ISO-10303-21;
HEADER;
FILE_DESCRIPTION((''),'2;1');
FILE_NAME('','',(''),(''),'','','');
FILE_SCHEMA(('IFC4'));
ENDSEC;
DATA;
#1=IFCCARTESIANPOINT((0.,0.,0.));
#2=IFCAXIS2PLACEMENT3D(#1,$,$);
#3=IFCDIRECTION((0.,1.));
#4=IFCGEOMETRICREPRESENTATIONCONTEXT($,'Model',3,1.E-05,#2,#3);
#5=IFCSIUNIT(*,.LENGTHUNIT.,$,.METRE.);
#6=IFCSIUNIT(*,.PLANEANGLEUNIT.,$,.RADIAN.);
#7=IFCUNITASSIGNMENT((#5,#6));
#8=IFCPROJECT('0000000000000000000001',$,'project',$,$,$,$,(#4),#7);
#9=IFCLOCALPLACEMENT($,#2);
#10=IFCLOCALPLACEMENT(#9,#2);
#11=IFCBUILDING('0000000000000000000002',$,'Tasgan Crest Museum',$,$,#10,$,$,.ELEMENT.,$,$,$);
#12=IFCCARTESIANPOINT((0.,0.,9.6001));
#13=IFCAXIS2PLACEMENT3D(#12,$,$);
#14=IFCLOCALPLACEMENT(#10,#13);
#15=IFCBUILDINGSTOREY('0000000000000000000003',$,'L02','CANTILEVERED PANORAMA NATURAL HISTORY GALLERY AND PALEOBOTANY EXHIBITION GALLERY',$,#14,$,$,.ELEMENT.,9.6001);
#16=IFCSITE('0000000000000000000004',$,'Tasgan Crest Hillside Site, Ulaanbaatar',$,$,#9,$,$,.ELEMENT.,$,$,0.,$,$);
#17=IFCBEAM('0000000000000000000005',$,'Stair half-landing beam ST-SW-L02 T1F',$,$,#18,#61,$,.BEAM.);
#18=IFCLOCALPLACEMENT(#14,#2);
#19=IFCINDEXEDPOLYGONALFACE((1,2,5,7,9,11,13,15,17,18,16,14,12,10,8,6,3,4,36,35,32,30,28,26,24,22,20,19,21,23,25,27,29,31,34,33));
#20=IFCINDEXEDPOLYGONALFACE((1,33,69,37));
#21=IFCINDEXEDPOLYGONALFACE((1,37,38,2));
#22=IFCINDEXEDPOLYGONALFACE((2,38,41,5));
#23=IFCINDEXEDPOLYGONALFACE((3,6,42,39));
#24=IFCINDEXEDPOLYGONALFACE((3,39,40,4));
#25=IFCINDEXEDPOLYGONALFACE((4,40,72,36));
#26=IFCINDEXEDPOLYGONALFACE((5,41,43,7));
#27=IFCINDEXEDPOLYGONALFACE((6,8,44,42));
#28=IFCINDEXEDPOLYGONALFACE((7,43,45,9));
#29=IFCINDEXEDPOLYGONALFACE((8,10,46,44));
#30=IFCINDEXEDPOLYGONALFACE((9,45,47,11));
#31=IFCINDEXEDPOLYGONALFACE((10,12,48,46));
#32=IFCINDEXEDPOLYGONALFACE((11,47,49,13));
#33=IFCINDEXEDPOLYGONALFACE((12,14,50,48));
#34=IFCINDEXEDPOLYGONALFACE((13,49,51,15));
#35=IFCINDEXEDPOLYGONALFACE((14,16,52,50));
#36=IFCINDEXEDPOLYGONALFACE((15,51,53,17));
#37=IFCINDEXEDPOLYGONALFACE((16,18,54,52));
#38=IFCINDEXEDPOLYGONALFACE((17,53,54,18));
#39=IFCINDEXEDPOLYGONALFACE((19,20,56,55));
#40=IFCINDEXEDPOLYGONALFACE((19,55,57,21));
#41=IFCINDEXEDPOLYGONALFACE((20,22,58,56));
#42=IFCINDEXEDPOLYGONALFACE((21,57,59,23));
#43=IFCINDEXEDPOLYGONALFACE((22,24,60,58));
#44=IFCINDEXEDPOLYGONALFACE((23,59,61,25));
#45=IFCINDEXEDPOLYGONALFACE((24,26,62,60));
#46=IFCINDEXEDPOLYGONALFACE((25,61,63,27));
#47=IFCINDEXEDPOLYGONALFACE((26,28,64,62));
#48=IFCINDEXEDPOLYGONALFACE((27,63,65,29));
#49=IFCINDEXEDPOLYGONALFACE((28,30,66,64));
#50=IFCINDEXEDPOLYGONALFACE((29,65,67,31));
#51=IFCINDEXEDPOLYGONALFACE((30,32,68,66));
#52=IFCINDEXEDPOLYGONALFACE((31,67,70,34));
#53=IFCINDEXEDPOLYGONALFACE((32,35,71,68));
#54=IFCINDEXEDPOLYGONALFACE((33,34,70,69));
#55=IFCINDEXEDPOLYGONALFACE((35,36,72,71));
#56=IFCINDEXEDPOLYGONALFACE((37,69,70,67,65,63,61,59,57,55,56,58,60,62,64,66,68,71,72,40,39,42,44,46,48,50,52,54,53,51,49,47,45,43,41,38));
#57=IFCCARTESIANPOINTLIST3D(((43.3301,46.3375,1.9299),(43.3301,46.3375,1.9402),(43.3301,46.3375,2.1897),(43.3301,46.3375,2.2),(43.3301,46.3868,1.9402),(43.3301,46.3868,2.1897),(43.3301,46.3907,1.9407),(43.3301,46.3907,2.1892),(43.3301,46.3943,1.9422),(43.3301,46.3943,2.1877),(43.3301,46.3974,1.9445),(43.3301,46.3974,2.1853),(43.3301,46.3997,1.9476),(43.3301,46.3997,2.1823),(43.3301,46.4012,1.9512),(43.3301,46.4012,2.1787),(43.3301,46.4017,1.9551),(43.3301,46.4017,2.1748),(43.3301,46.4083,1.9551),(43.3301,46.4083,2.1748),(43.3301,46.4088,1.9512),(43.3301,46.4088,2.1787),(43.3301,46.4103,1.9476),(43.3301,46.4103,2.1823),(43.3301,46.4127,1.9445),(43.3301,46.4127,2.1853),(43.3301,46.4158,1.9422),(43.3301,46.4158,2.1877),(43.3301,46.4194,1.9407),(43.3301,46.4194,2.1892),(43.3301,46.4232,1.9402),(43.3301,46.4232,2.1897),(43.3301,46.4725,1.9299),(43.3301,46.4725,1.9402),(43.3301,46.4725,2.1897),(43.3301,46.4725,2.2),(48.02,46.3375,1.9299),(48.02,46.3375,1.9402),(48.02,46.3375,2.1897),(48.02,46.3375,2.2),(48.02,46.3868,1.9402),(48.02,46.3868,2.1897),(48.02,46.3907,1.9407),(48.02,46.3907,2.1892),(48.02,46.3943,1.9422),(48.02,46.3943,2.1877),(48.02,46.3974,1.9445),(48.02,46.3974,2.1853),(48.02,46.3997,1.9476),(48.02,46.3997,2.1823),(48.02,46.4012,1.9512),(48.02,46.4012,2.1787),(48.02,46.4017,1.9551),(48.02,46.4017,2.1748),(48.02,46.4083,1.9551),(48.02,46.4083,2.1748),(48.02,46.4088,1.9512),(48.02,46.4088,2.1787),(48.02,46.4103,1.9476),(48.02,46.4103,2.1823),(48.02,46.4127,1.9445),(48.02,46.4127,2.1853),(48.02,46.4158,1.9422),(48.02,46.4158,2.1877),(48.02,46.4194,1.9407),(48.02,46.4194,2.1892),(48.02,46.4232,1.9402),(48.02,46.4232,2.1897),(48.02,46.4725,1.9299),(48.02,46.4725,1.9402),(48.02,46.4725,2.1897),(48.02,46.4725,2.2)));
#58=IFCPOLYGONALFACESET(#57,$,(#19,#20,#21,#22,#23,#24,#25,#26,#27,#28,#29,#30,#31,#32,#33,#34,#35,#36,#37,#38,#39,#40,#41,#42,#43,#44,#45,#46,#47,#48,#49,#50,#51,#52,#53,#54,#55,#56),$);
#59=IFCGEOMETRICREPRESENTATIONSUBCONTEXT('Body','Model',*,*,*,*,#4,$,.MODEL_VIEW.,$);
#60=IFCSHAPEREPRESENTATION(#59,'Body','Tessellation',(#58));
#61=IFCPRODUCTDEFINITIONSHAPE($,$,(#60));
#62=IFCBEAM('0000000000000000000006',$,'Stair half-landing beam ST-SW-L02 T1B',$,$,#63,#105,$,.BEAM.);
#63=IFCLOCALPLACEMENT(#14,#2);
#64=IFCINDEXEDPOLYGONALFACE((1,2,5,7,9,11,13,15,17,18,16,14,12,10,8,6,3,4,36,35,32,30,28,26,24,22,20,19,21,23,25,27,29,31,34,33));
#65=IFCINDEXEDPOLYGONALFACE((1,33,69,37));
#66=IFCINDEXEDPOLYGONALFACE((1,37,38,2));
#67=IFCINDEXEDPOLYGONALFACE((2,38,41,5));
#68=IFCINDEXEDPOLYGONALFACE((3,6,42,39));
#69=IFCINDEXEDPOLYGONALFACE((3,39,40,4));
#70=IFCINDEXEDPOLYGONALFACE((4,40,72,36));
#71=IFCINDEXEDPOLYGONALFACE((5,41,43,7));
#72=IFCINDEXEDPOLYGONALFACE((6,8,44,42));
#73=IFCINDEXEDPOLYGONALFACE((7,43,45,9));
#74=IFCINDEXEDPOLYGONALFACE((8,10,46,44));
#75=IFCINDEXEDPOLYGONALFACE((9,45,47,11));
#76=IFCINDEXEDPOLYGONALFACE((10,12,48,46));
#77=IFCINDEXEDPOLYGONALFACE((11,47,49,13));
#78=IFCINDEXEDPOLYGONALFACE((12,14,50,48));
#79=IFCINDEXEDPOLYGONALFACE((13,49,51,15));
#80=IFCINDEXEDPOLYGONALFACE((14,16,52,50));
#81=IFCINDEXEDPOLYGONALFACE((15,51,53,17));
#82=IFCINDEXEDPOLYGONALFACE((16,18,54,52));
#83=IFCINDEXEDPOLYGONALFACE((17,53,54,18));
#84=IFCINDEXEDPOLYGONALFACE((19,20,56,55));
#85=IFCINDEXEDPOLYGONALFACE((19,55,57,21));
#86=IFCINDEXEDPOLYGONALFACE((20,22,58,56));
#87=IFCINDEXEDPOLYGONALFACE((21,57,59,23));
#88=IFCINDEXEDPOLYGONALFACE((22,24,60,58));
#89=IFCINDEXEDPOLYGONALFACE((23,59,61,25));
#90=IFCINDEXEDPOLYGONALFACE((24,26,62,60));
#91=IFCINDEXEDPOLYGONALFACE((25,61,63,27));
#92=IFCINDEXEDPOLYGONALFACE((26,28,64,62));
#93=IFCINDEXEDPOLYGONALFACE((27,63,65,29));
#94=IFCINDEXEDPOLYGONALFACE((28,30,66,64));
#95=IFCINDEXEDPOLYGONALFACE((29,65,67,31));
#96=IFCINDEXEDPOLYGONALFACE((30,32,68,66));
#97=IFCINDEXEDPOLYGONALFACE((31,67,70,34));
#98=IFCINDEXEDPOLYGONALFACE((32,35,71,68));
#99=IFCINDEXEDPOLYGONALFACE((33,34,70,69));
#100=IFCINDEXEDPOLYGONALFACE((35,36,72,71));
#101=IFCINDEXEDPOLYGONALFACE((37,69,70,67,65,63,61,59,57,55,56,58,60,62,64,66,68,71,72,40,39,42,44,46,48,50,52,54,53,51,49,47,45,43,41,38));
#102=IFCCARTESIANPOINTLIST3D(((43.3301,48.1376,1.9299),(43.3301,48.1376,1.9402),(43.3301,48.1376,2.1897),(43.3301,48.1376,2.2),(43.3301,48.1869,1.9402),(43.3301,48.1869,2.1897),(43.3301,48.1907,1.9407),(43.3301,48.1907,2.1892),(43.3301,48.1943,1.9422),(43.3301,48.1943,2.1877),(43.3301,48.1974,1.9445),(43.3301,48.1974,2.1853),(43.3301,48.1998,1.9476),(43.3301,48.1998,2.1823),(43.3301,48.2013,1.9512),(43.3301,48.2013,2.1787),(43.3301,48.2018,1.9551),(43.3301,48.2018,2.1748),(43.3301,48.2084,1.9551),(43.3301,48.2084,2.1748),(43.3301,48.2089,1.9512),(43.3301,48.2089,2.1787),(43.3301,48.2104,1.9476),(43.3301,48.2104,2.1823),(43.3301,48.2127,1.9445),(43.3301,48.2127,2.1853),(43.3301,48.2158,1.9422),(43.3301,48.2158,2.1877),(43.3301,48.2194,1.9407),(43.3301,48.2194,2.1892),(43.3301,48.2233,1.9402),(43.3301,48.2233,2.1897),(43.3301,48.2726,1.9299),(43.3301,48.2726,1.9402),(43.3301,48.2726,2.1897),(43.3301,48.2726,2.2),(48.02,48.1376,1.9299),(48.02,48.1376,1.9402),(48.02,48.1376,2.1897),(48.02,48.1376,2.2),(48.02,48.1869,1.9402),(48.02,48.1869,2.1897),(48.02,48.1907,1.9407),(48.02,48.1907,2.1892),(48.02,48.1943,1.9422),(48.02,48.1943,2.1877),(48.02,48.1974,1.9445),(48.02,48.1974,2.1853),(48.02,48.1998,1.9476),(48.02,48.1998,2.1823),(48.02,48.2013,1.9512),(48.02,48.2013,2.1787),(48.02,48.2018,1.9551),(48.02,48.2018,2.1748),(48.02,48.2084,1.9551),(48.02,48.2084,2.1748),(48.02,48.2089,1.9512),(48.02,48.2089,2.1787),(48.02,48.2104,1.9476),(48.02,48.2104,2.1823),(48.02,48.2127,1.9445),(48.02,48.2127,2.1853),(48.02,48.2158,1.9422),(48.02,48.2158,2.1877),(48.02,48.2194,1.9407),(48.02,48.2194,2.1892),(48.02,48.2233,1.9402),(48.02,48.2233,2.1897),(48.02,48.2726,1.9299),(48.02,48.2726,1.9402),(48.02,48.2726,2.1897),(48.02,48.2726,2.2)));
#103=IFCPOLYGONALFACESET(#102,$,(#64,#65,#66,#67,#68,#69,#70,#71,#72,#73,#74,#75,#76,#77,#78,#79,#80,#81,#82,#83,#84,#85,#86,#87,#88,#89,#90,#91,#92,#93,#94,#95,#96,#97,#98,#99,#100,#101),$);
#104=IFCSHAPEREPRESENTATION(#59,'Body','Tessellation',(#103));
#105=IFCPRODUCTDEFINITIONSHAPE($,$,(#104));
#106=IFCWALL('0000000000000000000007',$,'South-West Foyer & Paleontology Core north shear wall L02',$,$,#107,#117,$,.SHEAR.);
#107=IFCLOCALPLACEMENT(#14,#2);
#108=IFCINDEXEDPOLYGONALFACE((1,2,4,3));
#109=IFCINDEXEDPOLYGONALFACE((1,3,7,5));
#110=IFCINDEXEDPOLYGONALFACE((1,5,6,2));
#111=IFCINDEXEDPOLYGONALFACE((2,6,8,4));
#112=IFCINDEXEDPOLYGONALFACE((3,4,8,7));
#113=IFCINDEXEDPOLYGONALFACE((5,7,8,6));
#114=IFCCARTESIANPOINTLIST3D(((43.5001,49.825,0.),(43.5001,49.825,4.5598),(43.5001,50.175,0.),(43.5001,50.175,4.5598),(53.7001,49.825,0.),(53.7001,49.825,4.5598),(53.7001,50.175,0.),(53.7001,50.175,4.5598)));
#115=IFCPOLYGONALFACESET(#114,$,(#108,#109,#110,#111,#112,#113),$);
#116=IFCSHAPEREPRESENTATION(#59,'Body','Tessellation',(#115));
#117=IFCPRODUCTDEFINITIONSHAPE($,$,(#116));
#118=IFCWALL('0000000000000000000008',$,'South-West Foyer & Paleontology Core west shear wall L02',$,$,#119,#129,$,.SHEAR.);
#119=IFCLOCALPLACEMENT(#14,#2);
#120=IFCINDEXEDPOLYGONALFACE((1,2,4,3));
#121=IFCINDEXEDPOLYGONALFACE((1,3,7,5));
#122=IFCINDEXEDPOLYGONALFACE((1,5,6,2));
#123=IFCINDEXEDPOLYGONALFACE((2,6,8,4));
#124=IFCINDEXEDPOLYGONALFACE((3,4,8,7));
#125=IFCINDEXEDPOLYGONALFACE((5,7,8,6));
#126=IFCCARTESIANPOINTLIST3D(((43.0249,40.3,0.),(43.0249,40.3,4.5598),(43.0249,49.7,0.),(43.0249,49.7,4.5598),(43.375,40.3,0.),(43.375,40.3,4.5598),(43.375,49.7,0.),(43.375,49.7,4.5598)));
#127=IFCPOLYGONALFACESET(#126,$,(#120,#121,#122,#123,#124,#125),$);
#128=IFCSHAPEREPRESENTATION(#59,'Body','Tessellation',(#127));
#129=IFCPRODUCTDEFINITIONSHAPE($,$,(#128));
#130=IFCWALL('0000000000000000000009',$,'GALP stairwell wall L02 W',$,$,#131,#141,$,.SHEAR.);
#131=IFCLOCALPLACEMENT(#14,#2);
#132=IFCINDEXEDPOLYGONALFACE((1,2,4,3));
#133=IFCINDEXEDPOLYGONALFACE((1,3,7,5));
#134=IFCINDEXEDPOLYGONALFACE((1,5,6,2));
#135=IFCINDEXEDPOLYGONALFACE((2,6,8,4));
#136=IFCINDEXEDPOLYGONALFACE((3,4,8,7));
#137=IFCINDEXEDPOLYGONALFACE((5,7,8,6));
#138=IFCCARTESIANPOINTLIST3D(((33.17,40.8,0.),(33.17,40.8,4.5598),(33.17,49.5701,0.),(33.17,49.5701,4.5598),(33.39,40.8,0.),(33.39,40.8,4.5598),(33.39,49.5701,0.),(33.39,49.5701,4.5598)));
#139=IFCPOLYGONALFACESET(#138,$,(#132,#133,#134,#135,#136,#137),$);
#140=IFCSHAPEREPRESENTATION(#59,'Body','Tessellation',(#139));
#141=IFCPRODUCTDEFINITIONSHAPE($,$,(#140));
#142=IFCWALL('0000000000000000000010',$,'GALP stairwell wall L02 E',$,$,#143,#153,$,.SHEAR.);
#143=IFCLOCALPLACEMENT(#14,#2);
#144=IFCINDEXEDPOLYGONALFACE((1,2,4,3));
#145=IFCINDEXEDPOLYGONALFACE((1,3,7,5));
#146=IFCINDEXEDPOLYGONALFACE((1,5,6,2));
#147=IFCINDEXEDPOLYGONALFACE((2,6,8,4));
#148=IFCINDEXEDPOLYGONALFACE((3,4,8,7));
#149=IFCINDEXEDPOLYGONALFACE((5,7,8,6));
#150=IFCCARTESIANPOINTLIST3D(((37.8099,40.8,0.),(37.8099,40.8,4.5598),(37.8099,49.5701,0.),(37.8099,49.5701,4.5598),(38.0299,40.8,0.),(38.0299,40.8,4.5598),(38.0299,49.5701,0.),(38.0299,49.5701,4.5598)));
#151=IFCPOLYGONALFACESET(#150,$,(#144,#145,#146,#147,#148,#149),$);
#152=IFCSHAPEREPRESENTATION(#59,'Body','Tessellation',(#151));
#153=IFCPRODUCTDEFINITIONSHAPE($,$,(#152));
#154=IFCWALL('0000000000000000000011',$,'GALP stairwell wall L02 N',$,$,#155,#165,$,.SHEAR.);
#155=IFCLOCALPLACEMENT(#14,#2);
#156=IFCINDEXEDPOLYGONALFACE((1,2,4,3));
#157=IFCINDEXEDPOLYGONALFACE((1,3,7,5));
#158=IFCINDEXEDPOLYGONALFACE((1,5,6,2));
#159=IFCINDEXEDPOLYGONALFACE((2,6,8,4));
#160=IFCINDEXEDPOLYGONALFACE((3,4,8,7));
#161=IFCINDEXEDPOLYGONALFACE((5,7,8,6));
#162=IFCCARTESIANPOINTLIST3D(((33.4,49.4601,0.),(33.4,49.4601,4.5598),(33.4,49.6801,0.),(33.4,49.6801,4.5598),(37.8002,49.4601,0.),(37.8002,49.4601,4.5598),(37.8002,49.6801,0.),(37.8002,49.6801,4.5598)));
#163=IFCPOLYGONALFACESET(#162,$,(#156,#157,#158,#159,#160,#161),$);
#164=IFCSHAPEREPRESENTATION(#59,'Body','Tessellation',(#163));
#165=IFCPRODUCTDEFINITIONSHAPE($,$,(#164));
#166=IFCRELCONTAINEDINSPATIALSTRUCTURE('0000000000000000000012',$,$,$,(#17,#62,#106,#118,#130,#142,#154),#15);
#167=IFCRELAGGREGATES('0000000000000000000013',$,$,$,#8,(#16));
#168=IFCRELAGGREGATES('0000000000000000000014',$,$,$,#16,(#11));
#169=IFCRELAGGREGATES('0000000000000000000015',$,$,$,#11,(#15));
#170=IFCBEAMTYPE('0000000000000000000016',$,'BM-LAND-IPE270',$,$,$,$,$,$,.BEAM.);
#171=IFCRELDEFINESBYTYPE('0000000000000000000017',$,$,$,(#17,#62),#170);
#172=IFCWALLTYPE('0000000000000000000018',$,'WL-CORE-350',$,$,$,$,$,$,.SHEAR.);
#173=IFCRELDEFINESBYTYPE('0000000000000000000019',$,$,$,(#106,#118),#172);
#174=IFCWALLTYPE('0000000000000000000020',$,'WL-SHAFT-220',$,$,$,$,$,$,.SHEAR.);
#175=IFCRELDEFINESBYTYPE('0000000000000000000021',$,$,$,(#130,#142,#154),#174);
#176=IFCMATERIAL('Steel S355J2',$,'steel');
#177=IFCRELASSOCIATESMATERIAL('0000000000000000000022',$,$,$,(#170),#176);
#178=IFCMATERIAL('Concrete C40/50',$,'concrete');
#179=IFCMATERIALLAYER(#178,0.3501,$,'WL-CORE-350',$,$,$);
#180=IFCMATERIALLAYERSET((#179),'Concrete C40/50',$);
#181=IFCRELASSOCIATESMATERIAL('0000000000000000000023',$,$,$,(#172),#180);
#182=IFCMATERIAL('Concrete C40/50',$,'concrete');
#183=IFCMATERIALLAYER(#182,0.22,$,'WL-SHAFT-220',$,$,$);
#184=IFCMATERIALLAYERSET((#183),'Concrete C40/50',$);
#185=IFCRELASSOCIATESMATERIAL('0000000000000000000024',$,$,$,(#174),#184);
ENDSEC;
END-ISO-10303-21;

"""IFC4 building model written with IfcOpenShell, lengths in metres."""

from ifc_helpers import new_model, si_unit, direction, frame, frame_2d, origin, origin_2d, place, context, subcontext, project, spatial, rectangle, i_section, extrude, material, layer, layer_set, material_profile, profile_set, type_object, element, save


model = new_model("IFC4")

# Units and contexts
model_context = context("Model", 3, precision=1e-05, world=origin(), true_north=direction((0.0, 1.0)))
body_context = subcontext(model_context, "Body", "Model", "MODEL_VIEW")
ifc_project = project(units=[si_unit("LENGTHUNIT", "METRE"), si_unit("PLANEANGLEUNIT", "RADIAN")], contexts=[model_context])

# Site, building, storey
site_placement = place(None, origin())
site = spatial("IfcSite", under=ifc_project, at=site_placement, Name="Tasgan Crest Hillside Site, Ulaanbaatar", CompositionType="ELEMENT", RefElevation=0.0)
building_placement = place(site_placement, origin())
building = spatial("IfcBuilding", under=site, at=building_placement, Name="Tasgan Crest Museum", CompositionType="ELEMENT")
storey_placement = place(building_placement, frame((0.0, 0.0, 9.6001)))
storey = spatial("IfcBuildingStorey", under=building, at=storey_placement, Name="L02", Description="CANTILEVERED PANORAMA NATURAL HISTORY GALLERY AND PALEOBOTANY EXHIBITION GALLERY", CompositionType="ELEMENT", Elevation=9.6001)

# Beams
ifc_material_1 = material(Name="Steel S355J2", Category="steel")
ifc_material_profile_1 = material_profile(ifc_material_1, i_section(OverallWidth=0.135, OverallDepth=0.27, WebThickness=0.0066, FlangeThickness=0.0103, FilletRadius=0.0149, at=origin_2d()), Name="IPE 270")
ifc_profile_set_1 = profile_set([ifc_material_profile_1], Name="Steel S355J2")
beam_type_1 = type_object("IfcBeamType", Name="BM-LAND-IPE270", PredefinedType="BEAM", material=ifc_profile_set_1)
for number, where, z_axis, x_axis, name in (
    (1, (43.3301, 46.405, 2.0649), (1.0, 0.0, 0.0), (0.0, 1.0, 0.0), "Stair half-landing beam ST-SW-L02 T1F"),
    (2, (43.3301, 48.2051, 2.0649), (1.0, 0.0, 0.0), (0.0, 1.0, 0.0), "Stair half-landing beam ST-SW-L02 T1B"),
):
    element("IfcBeam", number, at=place(storey_placement, frame(where, z_axis=z_axis, x_axis=x_axis)), inside=storey, type_object=beam_type_1, Name=name, PredefinedType="BEAM", context=body_context, shape_type="SweptSolid", body=[
        extrude(i_section(OverallWidth=0.135, OverallDepth=0.27, WebThickness=0.0066, FlangeThickness=0.0103, FilletRadius=0.0149, at=origin_2d()), origin(), (0.0, 0.0, 1.0), 4.6899),
    ])

# Walls
ifc_material_2 = material(Name="Concrete C40/50", Category="concrete")
ifc_layer_1 = layer(ifc_material_2, 0.3501, Name="WL-CORE-350")
ifc_layer_set_1 = layer_set([ifc_layer_1], Name="Concrete C40/50")
wall_type_1 = type_object("IfcWallType", Name="WL-CORE-350", PredefinedType="SHEAR", material=ifc_layer_set_1)
wall_1_placement = place(storey_placement, frame((43.5, 50.0, 0.0), z_axis=(0.0, 0.0, 1.0), x_axis=(1.0, 0.0, 0.0)))
element("IfcWall", 3, at=wall_1_placement, inside=storey, type_object=wall_type_1, Name="South-West Foyer & Paleontology Core north shear wall L02", PredefinedType="SHEAR", context=body_context, shape_type="SweptSolid", body=[
    extrude(rectangle(XDim=10.2, YDim=0.3501, at=frame_2d((5.1001, 0.0))), origin(), (0.0, 0.0, 1.0), 4.5598),
])
wall_2_placement = place(storey_placement, frame((43.2, 40.3, 0.0), z_axis=(0.0, 0.0, 1.0), x_axis=(0.0, 1.0, 0.0)))
element("IfcWall", 4, at=wall_2_placement, inside=storey, type_object=wall_type_1, Name="South-West Foyer & Paleontology Core west shear wall L02", PredefinedType="SHEAR", context=body_context, shape_type="SweptSolid", body=[
    extrude(rectangle(XDim=9.3999, YDim=0.3501, at=frame_2d((4.7, 0.0))), origin(), (0.0, 0.0, 1.0), 4.5598),
])
ifc_material_3 = material(Name="Concrete C40/50", Category="concrete")
ifc_layer_2 = layer(ifc_material_3, 0.22, Name="WL-SHAFT-220")
ifc_layer_set_2 = layer_set([ifc_layer_2], Name="Concrete C40/50")
wall_type_2 = type_object("IfcWallType", Name="WL-SHAFT-220", PredefinedType="SHEAR", material=ifc_layer_set_2)
for number, where, z_axis, x_axis, name in (
    (5, (33.28, 40.8, 0.0), (0.0, 0.0, 1.0), (0.0, 1.0, 0.0), "GALP stairwell wall L02 W"),
    (6, (37.9199, 40.8, 0.0), (0.0, 0.0, 1.0), (0.0, 1.0, 0.0), "GALP stairwell wall L02 E"),
):
    element("IfcWall", number, at=place(storey_placement, frame(where, z_axis=z_axis, x_axis=x_axis)), inside=storey, type_object=wall_type_2, Name=name, PredefinedType="SHEAR", context=body_context, shape_type="SweptSolid", body=[
        extrude(rectangle(XDim=8.77, YDim=0.22, at=frame_2d((4.385, 0.0))), origin(), (0.0, 0.0, 1.0), 4.5598),
    ])
wall_3_placement = place(storey_placement, frame((33.3999, 49.5701, 0.0), z_axis=(0.0, 0.0, 1.0), x_axis=(1.0, 0.0, 0.0)))
element("IfcWall", 7, at=wall_3_placement, inside=storey, type_object=wall_type_2, Name="GALP stairwell wall L02 N", PredefinedType="SHEAR", context=body_context, shape_type="SweptSolid", body=[
    extrude(rectangle(XDim=4.4001, YDim=0.22, at=frame_2d((2.2002, 0.0))), origin(), (0.0, 0.0, 1.0), 4.5598),
])

save(model, "model.ifc")
